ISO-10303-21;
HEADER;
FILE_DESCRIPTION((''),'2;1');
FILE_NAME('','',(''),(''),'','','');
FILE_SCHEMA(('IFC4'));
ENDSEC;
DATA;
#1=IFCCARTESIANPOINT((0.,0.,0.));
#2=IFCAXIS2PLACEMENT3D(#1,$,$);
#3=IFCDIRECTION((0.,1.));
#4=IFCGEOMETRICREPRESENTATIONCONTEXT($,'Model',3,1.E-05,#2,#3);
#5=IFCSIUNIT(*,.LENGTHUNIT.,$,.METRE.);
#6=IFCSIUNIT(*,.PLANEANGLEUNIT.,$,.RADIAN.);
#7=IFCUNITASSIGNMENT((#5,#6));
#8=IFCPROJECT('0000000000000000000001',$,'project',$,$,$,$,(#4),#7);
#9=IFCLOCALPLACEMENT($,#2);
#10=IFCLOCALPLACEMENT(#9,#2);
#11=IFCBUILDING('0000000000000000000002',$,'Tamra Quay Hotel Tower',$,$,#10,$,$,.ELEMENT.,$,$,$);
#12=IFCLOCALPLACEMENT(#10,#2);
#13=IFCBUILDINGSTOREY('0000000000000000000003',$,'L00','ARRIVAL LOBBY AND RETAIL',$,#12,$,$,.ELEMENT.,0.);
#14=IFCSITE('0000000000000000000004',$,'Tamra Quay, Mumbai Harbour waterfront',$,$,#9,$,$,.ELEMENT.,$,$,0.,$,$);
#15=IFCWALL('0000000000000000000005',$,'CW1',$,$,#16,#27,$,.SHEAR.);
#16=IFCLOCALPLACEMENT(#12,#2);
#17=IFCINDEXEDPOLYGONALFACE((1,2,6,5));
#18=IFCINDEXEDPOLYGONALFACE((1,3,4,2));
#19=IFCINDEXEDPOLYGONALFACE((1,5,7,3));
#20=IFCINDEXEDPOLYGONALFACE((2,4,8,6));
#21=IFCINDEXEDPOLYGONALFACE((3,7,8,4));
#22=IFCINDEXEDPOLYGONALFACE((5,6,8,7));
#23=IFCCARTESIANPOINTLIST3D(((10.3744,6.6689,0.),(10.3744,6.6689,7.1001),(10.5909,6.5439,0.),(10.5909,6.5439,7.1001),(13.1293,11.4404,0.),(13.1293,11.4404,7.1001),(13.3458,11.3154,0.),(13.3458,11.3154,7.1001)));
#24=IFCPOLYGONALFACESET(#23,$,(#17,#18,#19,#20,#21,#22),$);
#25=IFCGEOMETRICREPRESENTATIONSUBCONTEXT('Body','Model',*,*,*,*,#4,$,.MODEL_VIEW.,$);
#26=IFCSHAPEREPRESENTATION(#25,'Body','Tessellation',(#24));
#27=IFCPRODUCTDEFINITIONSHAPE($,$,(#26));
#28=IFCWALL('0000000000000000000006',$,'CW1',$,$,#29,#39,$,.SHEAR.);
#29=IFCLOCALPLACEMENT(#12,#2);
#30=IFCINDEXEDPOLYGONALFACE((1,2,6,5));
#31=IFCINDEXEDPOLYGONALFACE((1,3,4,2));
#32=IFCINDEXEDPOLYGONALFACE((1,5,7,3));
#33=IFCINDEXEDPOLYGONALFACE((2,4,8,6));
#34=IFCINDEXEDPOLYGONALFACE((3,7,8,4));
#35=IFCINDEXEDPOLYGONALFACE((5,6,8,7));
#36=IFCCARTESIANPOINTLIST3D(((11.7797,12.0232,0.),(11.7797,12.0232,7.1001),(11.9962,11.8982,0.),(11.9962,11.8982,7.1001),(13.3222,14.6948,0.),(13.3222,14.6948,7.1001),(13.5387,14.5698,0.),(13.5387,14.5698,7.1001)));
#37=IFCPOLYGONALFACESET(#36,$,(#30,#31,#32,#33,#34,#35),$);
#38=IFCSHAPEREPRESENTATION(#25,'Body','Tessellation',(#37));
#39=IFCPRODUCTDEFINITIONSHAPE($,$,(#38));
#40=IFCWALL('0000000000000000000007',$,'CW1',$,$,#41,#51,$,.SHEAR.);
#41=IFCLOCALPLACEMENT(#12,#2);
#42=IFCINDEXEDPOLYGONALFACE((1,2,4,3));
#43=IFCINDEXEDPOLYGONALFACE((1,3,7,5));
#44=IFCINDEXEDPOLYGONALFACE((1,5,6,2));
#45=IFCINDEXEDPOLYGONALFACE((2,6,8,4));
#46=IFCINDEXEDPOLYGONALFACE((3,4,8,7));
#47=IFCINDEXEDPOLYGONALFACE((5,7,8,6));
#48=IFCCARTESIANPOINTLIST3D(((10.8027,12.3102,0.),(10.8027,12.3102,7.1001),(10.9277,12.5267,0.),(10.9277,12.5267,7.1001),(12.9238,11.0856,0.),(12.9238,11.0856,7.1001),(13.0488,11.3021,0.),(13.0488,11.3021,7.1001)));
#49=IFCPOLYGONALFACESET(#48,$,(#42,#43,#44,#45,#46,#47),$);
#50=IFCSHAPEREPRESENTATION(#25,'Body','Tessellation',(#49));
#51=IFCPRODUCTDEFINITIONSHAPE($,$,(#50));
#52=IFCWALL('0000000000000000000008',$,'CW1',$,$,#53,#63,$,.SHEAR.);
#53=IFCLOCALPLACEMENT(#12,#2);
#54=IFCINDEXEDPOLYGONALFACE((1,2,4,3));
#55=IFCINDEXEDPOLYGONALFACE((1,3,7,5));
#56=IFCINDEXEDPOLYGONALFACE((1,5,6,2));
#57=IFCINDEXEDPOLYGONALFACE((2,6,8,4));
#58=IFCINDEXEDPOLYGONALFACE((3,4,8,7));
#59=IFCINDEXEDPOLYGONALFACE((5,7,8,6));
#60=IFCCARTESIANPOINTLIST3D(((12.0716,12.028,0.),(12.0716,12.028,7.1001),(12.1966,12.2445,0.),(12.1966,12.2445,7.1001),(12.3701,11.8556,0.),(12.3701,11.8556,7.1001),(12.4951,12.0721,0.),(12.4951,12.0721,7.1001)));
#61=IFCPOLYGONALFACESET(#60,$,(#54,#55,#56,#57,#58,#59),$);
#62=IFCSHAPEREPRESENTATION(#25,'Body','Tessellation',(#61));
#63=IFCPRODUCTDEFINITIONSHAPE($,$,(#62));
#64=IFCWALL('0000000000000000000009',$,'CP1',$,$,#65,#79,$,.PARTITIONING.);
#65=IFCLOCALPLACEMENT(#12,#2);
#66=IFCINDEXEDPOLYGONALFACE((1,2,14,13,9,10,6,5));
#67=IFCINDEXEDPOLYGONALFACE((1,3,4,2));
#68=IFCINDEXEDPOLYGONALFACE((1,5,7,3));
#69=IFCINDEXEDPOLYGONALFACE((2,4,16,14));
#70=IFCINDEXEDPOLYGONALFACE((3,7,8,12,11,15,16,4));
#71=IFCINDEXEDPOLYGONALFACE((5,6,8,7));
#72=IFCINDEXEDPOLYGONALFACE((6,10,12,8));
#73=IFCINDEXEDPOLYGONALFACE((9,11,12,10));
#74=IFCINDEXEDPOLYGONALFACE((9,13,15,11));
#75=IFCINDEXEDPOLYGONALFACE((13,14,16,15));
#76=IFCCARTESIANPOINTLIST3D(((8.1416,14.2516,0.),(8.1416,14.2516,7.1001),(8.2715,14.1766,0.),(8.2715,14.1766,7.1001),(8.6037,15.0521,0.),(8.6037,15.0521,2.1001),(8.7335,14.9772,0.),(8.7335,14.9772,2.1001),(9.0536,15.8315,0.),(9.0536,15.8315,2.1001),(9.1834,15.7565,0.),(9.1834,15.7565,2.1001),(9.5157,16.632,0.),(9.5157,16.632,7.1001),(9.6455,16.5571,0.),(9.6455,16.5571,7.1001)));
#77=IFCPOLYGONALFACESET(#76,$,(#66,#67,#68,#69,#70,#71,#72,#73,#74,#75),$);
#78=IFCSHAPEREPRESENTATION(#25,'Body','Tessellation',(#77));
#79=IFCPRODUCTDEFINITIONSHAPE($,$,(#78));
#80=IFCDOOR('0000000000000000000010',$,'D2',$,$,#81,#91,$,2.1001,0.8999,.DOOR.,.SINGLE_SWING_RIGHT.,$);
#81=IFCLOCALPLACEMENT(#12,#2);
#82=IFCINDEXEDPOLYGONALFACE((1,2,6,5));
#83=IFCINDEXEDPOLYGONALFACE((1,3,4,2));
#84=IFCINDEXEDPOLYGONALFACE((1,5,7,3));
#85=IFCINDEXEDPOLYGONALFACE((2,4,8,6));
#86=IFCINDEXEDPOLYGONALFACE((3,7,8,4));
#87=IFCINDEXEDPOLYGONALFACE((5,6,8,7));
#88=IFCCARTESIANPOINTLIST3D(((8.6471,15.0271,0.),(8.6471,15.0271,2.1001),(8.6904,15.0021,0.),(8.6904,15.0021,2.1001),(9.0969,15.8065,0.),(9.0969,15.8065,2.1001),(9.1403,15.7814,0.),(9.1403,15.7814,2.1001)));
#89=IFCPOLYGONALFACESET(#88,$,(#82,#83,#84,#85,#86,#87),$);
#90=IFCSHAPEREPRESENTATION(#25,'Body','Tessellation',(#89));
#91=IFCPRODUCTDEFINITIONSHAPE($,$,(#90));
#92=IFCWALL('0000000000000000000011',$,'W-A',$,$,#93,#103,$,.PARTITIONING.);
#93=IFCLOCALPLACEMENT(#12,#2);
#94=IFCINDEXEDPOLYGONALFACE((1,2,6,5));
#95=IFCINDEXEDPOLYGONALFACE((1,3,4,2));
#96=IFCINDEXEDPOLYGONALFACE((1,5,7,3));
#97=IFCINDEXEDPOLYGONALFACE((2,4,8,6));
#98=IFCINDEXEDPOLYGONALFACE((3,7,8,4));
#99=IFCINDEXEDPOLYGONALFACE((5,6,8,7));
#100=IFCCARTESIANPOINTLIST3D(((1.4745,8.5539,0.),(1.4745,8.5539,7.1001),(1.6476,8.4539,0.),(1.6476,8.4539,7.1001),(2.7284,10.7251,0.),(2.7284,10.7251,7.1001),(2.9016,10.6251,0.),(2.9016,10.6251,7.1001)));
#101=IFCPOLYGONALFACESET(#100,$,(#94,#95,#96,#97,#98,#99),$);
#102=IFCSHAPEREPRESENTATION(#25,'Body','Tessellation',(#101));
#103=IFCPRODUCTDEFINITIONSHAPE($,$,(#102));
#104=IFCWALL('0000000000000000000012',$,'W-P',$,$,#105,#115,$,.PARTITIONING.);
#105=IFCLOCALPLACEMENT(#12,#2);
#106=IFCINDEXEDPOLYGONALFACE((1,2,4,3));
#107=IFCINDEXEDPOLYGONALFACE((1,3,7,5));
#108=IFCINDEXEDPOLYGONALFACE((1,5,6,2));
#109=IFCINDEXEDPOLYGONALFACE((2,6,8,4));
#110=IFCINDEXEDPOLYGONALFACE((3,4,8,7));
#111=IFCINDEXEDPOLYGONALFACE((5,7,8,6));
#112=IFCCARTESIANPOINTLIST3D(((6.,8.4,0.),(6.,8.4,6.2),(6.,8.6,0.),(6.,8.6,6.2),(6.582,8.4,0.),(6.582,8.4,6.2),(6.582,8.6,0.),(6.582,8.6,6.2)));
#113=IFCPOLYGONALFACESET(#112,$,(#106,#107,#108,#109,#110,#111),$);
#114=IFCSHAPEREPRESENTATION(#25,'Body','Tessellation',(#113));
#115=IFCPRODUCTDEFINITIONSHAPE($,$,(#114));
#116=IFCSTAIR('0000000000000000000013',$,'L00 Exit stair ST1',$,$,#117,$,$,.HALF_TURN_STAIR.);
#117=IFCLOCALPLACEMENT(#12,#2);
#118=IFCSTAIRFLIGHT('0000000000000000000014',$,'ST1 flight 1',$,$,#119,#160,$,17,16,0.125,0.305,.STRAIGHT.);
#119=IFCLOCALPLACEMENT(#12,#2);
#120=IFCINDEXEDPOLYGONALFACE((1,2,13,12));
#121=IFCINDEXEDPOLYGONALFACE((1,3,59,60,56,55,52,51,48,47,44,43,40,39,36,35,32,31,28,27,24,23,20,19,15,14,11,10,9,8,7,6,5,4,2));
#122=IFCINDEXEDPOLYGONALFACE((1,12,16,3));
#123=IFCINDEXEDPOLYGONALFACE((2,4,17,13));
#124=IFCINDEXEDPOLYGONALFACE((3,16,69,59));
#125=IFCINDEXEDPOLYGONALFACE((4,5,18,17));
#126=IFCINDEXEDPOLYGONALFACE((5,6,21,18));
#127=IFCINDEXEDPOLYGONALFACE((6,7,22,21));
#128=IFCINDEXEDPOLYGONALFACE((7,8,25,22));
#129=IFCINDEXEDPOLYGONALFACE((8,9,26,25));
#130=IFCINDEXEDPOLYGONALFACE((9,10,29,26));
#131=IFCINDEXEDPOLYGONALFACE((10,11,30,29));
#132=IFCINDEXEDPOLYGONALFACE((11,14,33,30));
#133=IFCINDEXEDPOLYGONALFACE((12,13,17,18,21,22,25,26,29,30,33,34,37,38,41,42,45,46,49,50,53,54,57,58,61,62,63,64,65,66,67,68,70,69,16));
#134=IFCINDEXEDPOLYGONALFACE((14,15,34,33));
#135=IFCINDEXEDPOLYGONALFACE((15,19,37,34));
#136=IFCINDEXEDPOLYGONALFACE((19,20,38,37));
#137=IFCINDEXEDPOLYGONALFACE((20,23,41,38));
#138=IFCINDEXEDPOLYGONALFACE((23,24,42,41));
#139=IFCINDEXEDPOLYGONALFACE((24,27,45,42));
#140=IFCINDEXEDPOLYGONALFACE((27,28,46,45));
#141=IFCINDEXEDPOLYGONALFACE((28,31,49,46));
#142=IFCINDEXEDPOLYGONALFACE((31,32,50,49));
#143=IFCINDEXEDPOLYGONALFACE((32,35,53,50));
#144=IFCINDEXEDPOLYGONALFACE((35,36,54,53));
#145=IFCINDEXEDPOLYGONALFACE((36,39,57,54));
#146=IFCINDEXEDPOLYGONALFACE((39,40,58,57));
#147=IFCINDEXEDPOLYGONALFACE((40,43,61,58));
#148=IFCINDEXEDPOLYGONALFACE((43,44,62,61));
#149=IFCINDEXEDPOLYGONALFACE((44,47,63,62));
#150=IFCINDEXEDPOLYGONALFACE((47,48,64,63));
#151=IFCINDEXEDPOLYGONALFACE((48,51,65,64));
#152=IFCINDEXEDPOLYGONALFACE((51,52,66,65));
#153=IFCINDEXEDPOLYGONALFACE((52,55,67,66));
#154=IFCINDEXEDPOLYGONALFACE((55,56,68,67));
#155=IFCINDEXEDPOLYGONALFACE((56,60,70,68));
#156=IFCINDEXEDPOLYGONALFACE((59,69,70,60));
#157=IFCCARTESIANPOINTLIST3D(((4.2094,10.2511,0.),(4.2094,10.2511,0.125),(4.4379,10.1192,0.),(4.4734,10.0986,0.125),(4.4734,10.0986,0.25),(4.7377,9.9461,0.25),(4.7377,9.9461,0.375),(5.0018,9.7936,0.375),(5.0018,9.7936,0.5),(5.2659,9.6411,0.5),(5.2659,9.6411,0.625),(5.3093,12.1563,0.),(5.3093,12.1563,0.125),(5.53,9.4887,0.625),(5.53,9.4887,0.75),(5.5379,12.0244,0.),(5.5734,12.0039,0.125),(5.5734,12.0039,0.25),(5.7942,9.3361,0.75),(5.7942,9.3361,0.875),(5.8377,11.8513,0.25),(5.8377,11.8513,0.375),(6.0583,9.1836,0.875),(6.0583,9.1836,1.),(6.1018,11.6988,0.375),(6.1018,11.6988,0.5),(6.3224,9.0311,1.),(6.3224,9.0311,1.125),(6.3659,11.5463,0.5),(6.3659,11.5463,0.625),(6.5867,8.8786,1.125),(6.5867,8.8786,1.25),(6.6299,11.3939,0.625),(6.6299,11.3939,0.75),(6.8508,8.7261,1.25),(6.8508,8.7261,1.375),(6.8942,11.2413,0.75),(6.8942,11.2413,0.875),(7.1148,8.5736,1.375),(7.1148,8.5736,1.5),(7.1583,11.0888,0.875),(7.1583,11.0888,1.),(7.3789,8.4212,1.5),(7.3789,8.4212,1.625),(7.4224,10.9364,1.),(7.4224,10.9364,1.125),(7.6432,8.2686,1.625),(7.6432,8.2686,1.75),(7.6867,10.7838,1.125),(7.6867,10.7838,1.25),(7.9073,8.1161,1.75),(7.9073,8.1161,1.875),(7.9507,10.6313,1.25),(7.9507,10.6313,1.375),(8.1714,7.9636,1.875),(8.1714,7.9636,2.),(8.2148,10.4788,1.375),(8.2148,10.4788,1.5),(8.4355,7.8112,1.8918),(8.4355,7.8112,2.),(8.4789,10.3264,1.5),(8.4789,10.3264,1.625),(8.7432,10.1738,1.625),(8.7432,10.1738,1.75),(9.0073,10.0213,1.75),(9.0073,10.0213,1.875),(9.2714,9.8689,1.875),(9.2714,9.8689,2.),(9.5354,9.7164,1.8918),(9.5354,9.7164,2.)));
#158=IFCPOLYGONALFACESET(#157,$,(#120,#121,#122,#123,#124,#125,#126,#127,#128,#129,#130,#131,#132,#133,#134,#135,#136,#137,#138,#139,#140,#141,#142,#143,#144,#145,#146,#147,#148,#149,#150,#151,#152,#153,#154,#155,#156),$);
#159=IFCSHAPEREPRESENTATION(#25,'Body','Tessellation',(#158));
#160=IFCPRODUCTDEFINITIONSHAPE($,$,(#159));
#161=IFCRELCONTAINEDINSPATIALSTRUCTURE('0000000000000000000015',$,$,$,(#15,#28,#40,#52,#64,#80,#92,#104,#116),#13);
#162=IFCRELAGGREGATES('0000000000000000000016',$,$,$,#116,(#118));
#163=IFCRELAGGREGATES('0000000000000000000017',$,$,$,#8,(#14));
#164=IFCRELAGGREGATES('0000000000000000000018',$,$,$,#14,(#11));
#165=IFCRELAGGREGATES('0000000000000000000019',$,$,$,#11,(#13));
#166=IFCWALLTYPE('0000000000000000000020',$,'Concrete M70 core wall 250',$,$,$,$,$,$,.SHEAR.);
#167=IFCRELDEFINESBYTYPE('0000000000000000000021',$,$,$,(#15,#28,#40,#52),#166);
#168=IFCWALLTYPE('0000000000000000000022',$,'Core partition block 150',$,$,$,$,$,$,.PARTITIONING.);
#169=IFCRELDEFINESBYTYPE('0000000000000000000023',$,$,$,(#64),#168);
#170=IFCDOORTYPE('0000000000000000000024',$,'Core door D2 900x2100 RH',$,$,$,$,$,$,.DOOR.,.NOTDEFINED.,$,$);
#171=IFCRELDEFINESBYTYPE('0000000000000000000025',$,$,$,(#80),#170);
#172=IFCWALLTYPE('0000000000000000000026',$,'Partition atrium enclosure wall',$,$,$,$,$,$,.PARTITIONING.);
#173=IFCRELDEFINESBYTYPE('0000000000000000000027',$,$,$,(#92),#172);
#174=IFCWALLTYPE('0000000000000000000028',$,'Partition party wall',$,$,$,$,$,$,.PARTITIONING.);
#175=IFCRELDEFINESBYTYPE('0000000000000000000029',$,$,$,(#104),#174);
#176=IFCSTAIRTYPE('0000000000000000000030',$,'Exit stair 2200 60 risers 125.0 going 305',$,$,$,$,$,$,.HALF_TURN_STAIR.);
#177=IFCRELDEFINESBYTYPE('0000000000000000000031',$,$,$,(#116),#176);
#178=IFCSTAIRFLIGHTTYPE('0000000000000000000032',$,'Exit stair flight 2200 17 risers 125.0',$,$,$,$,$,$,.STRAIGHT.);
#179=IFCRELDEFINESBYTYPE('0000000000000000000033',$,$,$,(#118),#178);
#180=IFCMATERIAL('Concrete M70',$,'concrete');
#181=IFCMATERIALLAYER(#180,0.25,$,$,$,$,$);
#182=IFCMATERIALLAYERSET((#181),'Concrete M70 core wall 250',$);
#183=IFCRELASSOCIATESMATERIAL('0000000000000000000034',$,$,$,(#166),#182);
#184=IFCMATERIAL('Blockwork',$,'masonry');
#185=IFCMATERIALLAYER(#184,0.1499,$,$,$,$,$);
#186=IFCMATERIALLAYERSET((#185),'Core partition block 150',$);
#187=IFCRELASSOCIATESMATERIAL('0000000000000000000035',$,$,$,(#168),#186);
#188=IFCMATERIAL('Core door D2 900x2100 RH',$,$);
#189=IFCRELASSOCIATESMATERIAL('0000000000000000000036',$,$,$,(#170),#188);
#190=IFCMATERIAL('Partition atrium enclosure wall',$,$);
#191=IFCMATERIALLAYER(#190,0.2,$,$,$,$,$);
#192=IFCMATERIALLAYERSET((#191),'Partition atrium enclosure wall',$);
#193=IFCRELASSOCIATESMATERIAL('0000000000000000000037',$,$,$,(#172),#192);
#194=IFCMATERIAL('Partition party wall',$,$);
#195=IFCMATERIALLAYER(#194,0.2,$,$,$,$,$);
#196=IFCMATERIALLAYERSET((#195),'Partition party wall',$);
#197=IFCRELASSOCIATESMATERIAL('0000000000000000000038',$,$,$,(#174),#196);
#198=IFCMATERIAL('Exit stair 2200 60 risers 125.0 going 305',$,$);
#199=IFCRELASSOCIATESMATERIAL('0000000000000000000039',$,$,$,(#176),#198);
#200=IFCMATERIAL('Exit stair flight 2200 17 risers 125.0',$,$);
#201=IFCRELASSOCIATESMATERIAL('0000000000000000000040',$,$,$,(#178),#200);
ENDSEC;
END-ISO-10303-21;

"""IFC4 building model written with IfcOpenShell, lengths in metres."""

from ifc_helpers import new_model, si_unit, direction, frame, frame_2d, origin, place, context, subcontext, project, spatial, polyline, rectangle, outline, extrude, material, layer, layer_set, type_object, element, fill, aggregate, save


model = new_model("IFC4")

# Units and contexts
model_context = context("Model", 3, precision=1e-05, world=origin(), true_north=direction((0.0, 1.0)))
body_context = subcontext(model_context, "Body", "Model", "MODEL_VIEW")
ifc_project = project(units=[si_unit("LENGTHUNIT", "METRE"), si_unit("PLANEANGLEUNIT", "RADIAN")], contexts=[model_context])

# Site, building, storey
site_placement = place(None, origin())
site = spatial("IfcSite", under=ifc_project, at=site_placement, Name="Tamra Quay, Mumbai Harbour waterfront", CompositionType="ELEMENT", RefElevation=0.0)
building_placement = place(site_placement, origin())
building = spatial("IfcBuilding", under=site, at=building_placement, Name="Tamra Quay Hotel Tower", CompositionType="ELEMENT")
storey_placement = place(building_placement, origin())
storey = spatial("IfcBuildingStorey", under=building, at=storey_placement, Name="L00", Description="ARRIVAL LOBBY AND RETAIL", CompositionType="ELEMENT", Elevation=0.0)

# Shared definitions
ifc_material_1 = material(Name="Concrete M70", Category="concrete")

# Shared definitions
ifc_layer_1 = layer(ifc_material_1, 0.25)
ifc_layer_set_1 = layer_set([ifc_layer_1], Name="Concrete M70 core wall 250")
wall_type_1 = type_object("IfcWallType", Name="Concrete M70 core wall 250", PredefinedType="SHEAR", material=ifc_layer_set_1)

# Walls
wall_1_placement = place(storey_placement, frame((13.2375, 11.3779, 0.0), z_axis=(0.0, 0.0, 1.0), x_axis=(-0.500009, -0.86602, 0.0)))
element("IfcWall", 1, at=wall_1_placement, inside=storey, type_object=wall_type_1, Name="CW1", PredefinedType="SHEAR", context=body_context, shape_type="SweptSolid", body=[
    extrude(rectangle(XDim=5.5098, YDim=0.25, at=frame_2d((2.7549, 0.0))), origin(), (0.0, 0.0, 1.0), 7.1001),
])
wall_2_placement = place(storey_placement, frame((11.8879, 11.9607, 0.0), z_axis=(0.0, 0.0, 1.0), x_axis=(0.500003, 0.866023, 0.0)))
element("IfcWall", 2, at=wall_2_placement, inside=storey, type_object=wall_type_1, Name="CW1", PredefinedType="SHEAR", context=body_context, shape_type="SweptSolid", body=[
    extrude(rectangle(XDim=3.085, YDim=0.25, at=frame_2d((1.5425, 0.0))), origin(), (0.0, 0.0, 1.0), 7.1001),
])
wall_3_placement = place(storey_placement, frame((10.8652, 12.4185, 0.0), z_axis=(0.0, 0.0, 1.0), x_axis=(0.866026, -0.499999, 0.0)))
element("IfcWall", 3, at=wall_3_placement, inside=storey, type_object=wall_type_1, Name="CW1", PredefinedType="SHEAR", context=body_context, shape_type="SweptSolid", body=[
    extrude(rectangle(XDim=2.4492, YDim=0.25, at=frame_2d((1.2246, 0.0))), origin(), (0.0, 0.0, 1.0), 7.1001),
])
wall_4_placement = place(storey_placement, frame((12.4326, 11.9639, 0.0), z_axis=(0.0, 0.0, 1.0), x_axis=(-0.866056, 0.499947, 0.0)))
element("IfcWall", 4, at=wall_4_placement, inside=storey, type_object=wall_type_1, Name="CW1", PredefinedType="SHEAR", context=body_context, shape_type="SweptSolid", body=[
    extrude(rectangle(XDim=0.3447, YDim=0.25, at=frame_2d((0.1724, 0.0))), origin(), (0.0, 0.0, 1.0), 7.1001),
])

# Wall, opening, door
ifc_material_2 = material(Name="Blockwork", Category="masonry")
ifc_layer_2 = layer(ifc_material_2, 0.1499)
ifc_layer_set_2 = layer_set([ifc_layer_2], Name="Core partition block 150")
wall_type_2 = type_object("IfcWallType", Name="Core partition block 150", PredefinedType="PARTITIONING", material=ifc_layer_set_2)
wall_5_placement = place(storey_placement, frame((8.2065, 14.2141, 0.0), z_axis=(0.0, 0.0, 1.0), x_axis=(0.499922, 0.86607, 0.0)))
wall_5 = element("IfcWall", 5, at=wall_5_placement, inside=storey, type_object=wall_type_2, Name="CP1", PredefinedType="PARTITIONING", context=body_context, shape_type="SweptSolid", body=[
    extrude(rectangle(XDim=2.7485, YDim=0.1499, at=frame_2d((1.3743, 0.0))), origin(), (0.0, 0.0, 1.0), 7.1001),
])
opening_1_placement = place(wall_5_placement, frame((0.9243, 0.0, 0.0)))
opening_1 = element("IfcOpeningElement", 6, at=opening_1_placement, cuts=wall_5, PredefinedType="OPENING", context=body_context, shape_type="SweptSolid", body=[
    extrude(rectangle(XDim=0.8999, YDim=2.1001, at=frame_2d((0.45, 1.05))), frame((0.0, 0.085, 0.0), z_axis=(0.0, -1.0, 0.0), x_axis=(1.0, 0.0, 0.0)), (0.0, 0.0, 1.0), 0.1699),
])
ifc_material_3 = material(Name="Core door D2 900x2100 RH")
door_type_1 = type_object("IfcDoorType", Name="Core door D2 900x2100 RH", OperationType="NOTDEFINED", PredefinedType="DOOR", material=ifc_material_3)
door_1_placement = place(opening_1_placement, origin())
door_1 = element("IfcDoor", 7, at=door_1_placement, inside=storey, type_object=door_type_1, Name="D2", OperationType="SINGLE_SWING_RIGHT", OverallHeight=2.1001, OverallWidth=0.8999, PredefinedType="DOOR", context=body_context, shape_type="SweptSolid", body=[
    extrude(rectangle(XDim=0.8999, YDim=2.1001, at=frame_2d((0.45, 1.05))), frame((0.0, 0.0249, 0.0), z_axis=(0.0, -1.0, 0.0), x_axis=(1.0, 0.0, 0.0)), (0.0, 0.0, 1.0), 0.05),
])
fill(opening_1, door_1)

# Walls
ifc_material_4 = material(Name="Partition atrium enclosure wall")
ifc_layer_3 = layer(ifc_material_4, 0.2)
ifc_layer_set_3 = layer_set([ifc_layer_3], Name="Partition atrium enclosure wall")
wall_type_3 = type_object("IfcWallType", Name="Partition atrium enclosure wall", PredefinedType="PARTITIONING", material=ifc_layer_set_3)
wall_6_placement = place(storey_placement, frame((1.561, 8.5039, 0.0), z_axis=(0.0, 0.0, 1.0), x_axis=(0.500119, 0.865957, 0.0)))
element("IfcWall", 8, at=wall_6_placement, inside=storey, type_object=wall_type_3, Name="W-A", PredefinedType="PARTITIONING", context=body_context, shape_type="SweptSolid", body=[
    extrude(rectangle(XDim=2.5073, YDim=0.2, at=frame_2d((1.2537, 0.0))), origin(), (0.0, 0.0, 1.0), 7.1001),
])
ifc_material_5 = material(Name="Partition party wall")
ifc_layer_4 = layer(ifc_material_5, 0.2)
ifc_layer_set_4 = layer_set([ifc_layer_4], Name="Partition party wall")
wall_type_4 = type_object("IfcWallType", Name="Partition party wall", PredefinedType="PARTITIONING", material=ifc_layer_set_4)
wall_7_placement = place(storey_placement, frame((6.0, 8.5, 0.0), z_axis=(0.0, 0.0, 1.0), x_axis=(1.0, 0.0, 0.0)))
element("IfcWall", 9, at=wall_7_placement, inside=storey, type_object=wall_type_4, Name="W-P", PredefinedType="PARTITIONING", context=body_context, shape_type="SweptSolid", body=[
    extrude(rectangle(XDim=0.582, YDim=0.2, at=frame_2d((0.291, 0.0))), origin(), (0.0, 0.0, 1.0), 6.2),
])

# Stair, stair flight
ifc_material_6 = material(Name="Exit stair 2200 60 risers 125.0 going 305")
stair_type = type_object("IfcStairType", Name="Exit stair 2200 60 risers 125.0 going 305", PredefinedType="HALF_TURN_STAIR", material=ifc_material_6)
stair_placement = place(storey_placement, origin())
stair = element("IfcStair", 10, at=stair_placement, inside=storey, type_object=stair_type, Name="L00 Exit stair ST1", PredefinedType="HALF_TURN_STAIR")
ifc_material_7 = material(Name="Exit stair flight 2200 17 risers 125.0")
stair_flight_type = type_object("IfcStairFlightType", Name="Exit stair flight 2200 17 risers 125.0", PredefinedType="STRAIGHT", material=ifc_material_7)
stair_flight_1_placement = place(storey_placement, frame((4.7593, 11.2036, 0.0), z_axis=(0.0, 0.0, 1.0), x_axis=(0.866025, -0.5, 0.0)))
stair_flight_1 = element("IfcStairFlight", 11, at=stair_flight_1_placement, type_object=stair_flight_type, Name="ST1 flight 1", NumberOfRisers=17, NumberOfTreads=16, PredefinedType="STRAIGHT", RiserHeight=0.125, TreadLength=0.305, context=body_context, shape_type="SweptSolid", body=[
    extrude(outline(polyline([(0.0, 0.0), (0.0, 0.125), (0.3049, 0.125), (0.3049, 0.25), (0.6101, 0.25), (0.6101, 0.375), (0.915, 0.375), (0.915, 0.5), (1.22, 0.5), (1.22, 0.625), (1.5249, 0.625), (1.5249, 0.75), (1.8301, 0.75), (1.8301, 0.875), (2.135, 0.875), (2.135, 1.0), (2.4399, 1.0), (2.4399, 1.125), (2.7451, 1.125), (2.7451, 1.25), (3.05, 1.25), (3.05, 1.375), (3.355, 1.375), (3.355, 1.5), (3.6599, 1.5), (3.6599, 1.625), (3.9651, 1.625), (3.9651, 1.75), (4.27, 1.75), (4.27, 1.875), (4.575, 1.875), (4.575, 2.0), (4.8799, 2.0), (4.8799, 2.125), (4.8799, 1.8918), (0.2639, 0.0), (0.0, 0.0)])), frame((0.0, 1.1001, 0.0), z_axis=(0.0, -1.0, 0.0), x_axis=(1.0, 0.0, 0.0)), (0.0, 0.0, 1.0), 2.2),
])
aggregate(stair, [stair_flight_1])

save(model, "model.ifc")
